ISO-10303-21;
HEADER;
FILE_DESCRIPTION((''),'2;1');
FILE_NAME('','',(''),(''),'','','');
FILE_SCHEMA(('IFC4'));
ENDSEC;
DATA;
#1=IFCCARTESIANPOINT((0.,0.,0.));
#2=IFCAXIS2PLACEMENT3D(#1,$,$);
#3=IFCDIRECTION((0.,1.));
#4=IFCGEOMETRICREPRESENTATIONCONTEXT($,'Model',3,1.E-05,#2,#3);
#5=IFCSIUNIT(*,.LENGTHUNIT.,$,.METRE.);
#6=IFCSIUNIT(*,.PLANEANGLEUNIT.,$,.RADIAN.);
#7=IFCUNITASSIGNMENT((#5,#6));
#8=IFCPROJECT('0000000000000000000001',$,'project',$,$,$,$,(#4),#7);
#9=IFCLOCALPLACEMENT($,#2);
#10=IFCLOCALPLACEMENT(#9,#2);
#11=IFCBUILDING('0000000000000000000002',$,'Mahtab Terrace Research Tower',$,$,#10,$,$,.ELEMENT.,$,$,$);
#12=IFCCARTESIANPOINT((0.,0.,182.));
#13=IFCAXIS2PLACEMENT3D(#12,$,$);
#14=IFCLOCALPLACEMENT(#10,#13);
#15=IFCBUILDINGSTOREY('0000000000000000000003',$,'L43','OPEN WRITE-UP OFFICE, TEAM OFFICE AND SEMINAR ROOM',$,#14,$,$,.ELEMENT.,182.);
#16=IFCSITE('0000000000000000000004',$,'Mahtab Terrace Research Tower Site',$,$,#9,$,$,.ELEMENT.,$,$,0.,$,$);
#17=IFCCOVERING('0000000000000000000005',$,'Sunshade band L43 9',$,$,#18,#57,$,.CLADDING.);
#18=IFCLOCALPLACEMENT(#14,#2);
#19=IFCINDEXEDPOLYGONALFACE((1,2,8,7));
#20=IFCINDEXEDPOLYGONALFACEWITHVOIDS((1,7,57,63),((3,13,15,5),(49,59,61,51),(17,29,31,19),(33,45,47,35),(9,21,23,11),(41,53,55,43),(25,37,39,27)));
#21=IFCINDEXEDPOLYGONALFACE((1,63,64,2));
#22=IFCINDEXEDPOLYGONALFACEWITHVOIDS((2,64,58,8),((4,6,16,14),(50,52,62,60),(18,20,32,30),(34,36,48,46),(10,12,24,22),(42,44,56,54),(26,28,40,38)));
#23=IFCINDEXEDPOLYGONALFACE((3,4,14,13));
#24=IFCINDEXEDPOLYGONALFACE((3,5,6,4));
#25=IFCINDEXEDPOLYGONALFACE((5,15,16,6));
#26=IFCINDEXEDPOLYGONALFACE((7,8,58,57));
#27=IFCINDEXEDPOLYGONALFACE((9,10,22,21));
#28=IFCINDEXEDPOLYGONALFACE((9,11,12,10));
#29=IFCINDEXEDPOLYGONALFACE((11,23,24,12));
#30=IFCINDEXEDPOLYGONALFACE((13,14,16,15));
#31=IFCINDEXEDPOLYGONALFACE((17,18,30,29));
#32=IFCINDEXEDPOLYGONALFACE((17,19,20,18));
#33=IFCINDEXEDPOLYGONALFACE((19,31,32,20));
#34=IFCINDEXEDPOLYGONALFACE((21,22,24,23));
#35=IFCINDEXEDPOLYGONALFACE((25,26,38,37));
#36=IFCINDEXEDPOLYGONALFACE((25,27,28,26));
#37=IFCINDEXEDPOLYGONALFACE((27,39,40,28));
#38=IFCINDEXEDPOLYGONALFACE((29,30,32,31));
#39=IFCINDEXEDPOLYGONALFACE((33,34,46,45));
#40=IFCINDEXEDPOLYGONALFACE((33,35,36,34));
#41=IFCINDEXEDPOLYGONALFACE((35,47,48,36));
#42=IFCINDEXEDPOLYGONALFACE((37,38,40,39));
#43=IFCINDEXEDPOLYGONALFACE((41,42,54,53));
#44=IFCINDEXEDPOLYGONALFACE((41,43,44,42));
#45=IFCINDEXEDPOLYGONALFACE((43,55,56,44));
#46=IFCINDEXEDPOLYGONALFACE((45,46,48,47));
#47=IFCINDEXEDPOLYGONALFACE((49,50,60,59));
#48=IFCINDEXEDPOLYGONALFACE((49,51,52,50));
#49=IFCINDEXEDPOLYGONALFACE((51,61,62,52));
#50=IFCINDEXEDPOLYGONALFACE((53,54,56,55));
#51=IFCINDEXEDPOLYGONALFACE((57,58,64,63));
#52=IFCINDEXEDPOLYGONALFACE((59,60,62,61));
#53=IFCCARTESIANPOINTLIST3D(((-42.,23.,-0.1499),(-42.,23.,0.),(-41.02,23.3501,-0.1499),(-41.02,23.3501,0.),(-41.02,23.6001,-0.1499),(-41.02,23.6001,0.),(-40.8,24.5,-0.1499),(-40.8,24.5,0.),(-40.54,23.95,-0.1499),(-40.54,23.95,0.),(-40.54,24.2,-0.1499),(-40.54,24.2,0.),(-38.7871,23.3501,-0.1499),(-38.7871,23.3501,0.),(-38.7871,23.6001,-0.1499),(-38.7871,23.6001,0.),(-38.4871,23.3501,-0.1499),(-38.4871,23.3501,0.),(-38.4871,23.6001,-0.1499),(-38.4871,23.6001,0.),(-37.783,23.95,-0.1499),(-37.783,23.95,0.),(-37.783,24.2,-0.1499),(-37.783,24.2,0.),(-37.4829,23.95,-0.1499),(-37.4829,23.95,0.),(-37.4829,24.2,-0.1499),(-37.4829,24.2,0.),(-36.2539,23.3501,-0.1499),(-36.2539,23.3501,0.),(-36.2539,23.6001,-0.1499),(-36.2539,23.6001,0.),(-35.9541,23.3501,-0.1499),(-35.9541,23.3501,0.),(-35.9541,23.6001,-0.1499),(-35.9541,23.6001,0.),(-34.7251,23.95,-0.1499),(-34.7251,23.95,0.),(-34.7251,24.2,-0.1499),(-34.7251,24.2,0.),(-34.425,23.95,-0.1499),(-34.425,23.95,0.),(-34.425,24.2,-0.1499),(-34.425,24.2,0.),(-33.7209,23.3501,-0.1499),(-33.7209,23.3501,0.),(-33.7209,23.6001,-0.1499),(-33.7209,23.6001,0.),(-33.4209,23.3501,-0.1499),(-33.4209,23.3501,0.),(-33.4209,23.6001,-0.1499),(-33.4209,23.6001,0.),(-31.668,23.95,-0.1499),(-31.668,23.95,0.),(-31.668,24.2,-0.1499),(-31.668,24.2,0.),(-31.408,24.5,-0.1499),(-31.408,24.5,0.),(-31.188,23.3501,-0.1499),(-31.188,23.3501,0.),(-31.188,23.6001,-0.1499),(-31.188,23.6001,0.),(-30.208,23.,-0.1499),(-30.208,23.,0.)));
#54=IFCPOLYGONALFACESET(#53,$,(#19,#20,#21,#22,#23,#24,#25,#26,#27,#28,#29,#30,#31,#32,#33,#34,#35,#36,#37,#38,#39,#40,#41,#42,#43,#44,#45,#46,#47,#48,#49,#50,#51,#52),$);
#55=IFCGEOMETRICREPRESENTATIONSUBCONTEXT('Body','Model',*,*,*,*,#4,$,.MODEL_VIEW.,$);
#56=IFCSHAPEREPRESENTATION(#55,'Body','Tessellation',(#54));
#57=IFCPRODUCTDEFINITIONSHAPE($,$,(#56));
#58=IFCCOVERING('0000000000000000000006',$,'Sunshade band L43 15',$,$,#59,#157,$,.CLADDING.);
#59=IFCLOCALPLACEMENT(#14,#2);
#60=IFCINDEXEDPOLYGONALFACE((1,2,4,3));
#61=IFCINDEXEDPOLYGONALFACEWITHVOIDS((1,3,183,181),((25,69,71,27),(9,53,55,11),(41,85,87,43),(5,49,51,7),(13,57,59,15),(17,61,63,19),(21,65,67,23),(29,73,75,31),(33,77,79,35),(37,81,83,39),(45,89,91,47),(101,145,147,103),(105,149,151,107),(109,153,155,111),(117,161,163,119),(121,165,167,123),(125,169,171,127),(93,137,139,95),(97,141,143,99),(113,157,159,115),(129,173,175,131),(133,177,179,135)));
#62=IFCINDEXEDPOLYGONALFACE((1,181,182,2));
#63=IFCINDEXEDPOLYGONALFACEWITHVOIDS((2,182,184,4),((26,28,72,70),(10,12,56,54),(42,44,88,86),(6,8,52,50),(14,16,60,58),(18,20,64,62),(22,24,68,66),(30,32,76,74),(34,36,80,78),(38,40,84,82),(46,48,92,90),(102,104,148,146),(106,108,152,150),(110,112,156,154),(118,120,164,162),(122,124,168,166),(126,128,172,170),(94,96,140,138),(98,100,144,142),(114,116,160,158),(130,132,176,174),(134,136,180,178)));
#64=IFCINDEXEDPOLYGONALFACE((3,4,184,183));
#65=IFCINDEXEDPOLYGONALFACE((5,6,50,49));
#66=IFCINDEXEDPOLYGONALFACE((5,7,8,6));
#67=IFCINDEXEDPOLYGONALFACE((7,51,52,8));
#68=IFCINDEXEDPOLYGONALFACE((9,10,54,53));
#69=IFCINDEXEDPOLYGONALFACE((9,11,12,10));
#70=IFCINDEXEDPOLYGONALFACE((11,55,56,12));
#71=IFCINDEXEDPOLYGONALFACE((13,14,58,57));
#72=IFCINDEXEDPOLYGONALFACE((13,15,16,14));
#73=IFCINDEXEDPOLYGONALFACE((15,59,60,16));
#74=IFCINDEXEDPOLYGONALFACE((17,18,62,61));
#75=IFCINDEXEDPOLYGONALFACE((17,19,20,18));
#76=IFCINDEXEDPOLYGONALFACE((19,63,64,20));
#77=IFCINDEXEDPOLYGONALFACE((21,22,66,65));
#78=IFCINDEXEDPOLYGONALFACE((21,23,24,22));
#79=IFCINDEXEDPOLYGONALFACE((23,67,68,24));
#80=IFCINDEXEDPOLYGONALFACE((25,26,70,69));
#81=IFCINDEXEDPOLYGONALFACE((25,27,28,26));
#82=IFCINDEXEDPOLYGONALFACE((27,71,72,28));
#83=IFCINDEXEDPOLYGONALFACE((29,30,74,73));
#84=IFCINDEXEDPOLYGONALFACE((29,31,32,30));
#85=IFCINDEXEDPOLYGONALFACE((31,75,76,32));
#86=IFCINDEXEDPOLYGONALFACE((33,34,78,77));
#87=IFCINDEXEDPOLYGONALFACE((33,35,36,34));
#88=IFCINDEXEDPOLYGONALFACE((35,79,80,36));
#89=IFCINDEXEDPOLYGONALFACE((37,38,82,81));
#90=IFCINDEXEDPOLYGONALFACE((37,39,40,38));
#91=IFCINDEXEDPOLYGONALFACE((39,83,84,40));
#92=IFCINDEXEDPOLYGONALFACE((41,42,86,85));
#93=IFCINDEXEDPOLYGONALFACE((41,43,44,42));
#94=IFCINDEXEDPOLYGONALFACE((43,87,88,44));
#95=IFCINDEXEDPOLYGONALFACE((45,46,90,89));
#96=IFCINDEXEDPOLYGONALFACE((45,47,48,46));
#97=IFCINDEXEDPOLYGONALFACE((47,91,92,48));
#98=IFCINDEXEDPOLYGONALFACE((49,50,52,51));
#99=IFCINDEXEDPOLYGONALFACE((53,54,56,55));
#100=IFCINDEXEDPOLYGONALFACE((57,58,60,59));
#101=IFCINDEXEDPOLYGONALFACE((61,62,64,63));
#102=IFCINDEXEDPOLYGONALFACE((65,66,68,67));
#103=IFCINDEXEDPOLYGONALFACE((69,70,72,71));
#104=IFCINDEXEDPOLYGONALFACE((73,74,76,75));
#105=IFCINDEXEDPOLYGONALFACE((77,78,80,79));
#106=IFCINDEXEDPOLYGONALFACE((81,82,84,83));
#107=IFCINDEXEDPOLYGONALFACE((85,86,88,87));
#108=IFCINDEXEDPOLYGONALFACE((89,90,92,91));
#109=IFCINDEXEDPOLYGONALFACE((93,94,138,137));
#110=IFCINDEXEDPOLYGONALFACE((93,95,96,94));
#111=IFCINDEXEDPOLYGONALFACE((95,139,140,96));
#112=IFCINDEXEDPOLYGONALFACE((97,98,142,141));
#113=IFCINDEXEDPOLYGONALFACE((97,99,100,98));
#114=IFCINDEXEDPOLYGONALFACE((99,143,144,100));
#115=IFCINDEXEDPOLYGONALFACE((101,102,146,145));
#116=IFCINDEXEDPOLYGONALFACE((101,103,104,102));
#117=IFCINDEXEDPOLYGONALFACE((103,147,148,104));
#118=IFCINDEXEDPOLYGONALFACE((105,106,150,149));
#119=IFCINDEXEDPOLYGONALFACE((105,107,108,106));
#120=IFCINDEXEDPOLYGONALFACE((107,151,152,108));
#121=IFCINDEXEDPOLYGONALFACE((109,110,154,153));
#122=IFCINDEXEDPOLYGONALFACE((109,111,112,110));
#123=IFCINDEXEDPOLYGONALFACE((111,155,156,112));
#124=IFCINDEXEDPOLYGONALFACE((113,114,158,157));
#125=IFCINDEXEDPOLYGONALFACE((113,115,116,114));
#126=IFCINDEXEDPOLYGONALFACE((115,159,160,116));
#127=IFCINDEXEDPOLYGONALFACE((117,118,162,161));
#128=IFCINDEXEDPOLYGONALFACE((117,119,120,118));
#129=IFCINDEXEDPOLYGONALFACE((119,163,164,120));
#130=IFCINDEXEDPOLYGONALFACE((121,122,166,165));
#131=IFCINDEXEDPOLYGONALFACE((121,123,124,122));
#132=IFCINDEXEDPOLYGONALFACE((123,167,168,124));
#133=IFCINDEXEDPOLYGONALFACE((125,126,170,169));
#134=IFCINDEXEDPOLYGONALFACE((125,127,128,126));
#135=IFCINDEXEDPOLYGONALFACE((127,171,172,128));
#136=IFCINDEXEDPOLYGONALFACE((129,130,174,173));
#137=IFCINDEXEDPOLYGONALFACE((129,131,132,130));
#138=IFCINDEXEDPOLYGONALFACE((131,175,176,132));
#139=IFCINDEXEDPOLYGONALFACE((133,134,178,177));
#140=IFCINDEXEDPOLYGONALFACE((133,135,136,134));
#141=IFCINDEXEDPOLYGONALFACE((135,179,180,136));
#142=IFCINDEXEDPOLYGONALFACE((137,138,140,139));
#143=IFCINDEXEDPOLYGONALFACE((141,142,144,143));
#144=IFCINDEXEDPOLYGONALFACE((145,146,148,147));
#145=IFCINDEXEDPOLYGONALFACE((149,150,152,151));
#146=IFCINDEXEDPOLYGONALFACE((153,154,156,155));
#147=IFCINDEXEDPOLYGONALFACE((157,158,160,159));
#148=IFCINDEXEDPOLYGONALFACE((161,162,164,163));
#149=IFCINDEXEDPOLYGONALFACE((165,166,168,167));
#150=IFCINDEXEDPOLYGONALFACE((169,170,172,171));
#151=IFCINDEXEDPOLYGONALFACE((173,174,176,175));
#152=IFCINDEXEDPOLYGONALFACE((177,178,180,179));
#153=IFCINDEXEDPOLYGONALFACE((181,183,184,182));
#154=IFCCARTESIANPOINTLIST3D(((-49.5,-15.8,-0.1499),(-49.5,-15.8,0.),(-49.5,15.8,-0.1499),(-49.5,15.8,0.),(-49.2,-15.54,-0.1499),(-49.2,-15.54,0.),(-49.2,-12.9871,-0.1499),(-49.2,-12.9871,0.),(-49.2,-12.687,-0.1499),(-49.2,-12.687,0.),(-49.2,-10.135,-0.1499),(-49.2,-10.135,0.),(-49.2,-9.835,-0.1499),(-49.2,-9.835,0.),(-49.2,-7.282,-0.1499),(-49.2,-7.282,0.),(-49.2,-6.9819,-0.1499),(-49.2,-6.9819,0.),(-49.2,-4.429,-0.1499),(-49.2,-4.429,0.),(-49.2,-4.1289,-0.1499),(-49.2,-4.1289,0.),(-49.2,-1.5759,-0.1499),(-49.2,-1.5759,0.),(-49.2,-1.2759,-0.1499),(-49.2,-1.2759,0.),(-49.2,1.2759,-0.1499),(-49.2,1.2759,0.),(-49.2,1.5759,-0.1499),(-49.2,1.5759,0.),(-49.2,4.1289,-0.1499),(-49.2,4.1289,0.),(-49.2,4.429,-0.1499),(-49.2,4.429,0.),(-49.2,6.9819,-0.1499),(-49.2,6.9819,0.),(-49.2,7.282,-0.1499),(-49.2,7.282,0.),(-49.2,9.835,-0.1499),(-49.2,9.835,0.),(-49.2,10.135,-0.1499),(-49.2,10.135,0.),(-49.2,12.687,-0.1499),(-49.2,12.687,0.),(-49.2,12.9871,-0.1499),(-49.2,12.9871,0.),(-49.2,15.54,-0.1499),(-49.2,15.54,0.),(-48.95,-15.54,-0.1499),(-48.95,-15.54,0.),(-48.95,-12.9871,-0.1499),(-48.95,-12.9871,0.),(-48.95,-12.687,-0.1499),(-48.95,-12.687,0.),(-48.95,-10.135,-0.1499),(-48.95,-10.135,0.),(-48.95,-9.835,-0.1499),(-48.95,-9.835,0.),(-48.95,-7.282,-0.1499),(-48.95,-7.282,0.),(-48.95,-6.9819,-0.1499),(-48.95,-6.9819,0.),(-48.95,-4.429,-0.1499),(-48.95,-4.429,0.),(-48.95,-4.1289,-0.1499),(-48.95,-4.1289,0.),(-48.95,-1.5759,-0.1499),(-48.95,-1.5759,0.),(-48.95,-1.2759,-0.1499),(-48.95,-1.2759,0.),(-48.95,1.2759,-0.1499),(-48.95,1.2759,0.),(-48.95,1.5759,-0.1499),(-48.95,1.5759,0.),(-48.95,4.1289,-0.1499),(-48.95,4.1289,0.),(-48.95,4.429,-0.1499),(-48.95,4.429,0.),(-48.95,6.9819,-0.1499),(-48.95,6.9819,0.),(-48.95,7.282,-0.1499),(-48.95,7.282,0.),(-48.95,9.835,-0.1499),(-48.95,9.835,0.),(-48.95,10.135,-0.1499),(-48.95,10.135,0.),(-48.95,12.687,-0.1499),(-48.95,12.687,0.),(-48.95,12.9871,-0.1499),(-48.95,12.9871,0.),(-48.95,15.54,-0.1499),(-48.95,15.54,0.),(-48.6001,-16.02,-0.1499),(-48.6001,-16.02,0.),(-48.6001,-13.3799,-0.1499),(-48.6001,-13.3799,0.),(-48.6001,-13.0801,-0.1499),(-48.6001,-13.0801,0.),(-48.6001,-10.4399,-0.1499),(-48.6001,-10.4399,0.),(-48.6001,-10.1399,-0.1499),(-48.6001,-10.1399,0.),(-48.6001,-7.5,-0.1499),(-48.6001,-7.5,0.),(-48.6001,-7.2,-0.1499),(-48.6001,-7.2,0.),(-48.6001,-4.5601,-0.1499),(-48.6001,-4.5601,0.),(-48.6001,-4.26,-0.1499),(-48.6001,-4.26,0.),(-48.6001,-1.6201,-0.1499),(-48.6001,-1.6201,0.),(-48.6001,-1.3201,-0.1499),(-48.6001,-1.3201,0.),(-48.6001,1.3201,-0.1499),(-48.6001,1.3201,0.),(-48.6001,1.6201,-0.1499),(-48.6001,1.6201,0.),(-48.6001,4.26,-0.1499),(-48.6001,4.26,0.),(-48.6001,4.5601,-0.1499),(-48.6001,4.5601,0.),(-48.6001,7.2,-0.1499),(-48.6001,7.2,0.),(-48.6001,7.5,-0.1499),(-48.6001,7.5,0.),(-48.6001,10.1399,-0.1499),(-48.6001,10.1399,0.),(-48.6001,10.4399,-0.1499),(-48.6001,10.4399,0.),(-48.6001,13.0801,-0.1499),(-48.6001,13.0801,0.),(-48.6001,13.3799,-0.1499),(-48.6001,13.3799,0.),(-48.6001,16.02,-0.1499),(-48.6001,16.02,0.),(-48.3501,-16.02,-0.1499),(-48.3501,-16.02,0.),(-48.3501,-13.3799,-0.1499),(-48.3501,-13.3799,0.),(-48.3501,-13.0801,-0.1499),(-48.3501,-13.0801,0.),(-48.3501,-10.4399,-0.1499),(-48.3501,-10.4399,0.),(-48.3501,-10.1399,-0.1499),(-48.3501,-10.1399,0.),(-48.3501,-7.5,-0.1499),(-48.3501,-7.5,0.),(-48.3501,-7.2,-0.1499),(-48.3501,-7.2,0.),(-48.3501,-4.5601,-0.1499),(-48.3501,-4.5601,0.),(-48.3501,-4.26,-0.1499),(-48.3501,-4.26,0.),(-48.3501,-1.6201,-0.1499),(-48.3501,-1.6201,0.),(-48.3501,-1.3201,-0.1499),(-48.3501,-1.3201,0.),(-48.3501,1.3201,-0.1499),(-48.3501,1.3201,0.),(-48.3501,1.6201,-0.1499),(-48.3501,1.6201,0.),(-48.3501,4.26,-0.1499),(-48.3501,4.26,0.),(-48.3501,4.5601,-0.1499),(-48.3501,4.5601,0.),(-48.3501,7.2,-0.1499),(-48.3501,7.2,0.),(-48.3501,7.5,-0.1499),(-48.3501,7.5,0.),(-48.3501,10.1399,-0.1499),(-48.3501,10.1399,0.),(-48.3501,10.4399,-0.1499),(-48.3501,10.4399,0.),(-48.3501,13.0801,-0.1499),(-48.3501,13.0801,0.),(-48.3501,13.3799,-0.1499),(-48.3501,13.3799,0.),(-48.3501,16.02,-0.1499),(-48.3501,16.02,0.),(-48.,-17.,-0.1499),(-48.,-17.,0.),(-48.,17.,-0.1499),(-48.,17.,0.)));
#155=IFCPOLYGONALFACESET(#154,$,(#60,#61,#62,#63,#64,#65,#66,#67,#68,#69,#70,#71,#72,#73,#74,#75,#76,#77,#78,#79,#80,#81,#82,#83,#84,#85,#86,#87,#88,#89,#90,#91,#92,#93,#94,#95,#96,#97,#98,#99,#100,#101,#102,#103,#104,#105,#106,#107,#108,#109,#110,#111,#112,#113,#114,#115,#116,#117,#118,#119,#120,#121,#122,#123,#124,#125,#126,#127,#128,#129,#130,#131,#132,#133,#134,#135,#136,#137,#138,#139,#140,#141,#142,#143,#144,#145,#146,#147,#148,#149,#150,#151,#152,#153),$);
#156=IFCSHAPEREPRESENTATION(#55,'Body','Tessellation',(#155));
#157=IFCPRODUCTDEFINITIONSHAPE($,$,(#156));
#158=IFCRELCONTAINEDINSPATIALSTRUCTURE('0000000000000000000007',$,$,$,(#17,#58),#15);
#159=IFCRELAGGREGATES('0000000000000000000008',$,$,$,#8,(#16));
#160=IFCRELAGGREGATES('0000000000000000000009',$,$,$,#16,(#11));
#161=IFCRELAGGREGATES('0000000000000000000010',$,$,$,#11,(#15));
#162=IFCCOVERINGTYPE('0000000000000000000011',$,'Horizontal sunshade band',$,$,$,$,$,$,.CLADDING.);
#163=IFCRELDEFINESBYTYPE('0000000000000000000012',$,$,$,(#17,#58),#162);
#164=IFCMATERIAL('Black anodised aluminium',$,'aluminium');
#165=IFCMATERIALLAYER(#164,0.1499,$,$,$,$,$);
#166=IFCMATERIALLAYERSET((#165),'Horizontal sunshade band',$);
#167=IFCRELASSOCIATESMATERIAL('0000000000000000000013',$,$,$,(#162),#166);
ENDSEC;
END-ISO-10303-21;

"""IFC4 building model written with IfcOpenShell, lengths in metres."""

from ifc_helpers import new_model, si_unit, direction, frame, origin, place, context, subcontext, project, spatial, polyline, outline, extrude, material, layer, layer_set, type_object, element, save


model = new_model("IFC4")

# Units and contexts
model_context = context("Model", 3, precision=1e-05, world=origin(), true_north=direction((0.0, 1.0)))
body_context = subcontext(model_context, "Body", "Model", "MODEL_VIEW")
ifc_project = project(units=[si_unit("LENGTHUNIT", "METRE"), si_unit("PLANEANGLEUNIT", "RADIAN")], contexts=[model_context])

# Site, building, storey
site_placement = place(None, origin())
site = spatial("IfcSite", under=ifc_project, at=site_placement, Name="Mahtab Terrace Research Tower Site", CompositionType="ELEMENT", RefElevation=0.0)
building_placement = place(site_placement, origin())
building = spatial("IfcBuilding", under=site, at=building_placement, Name="Mahtab Terrace Research Tower", CompositionType="ELEMENT")
storey_placement = place(building_placement, frame((0.0, 0.0, 182.0)))
storey = spatial("IfcBuildingStorey", under=building, at=storey_placement, Name="L43", Description="OPEN WRITE-UP OFFICE, TEAM OFFICE AND SEMINAR ROOM", CompositionType="ELEMENT", Elevation=182.0)

# Coverings
ifc_material_1 = material(Name="Black anodised aluminium", Category="aluminium")
ifc_layer_1 = layer(ifc_material_1, 0.1499)
ifc_layer_set_1 = layer_set([ifc_layer_1], Name="Horizontal sunshade band")
covering_type = type_object("IfcCoveringType", Name="Horizontal sunshade band", PredefinedType="CLADDING", material=ifc_layer_set_1)
covering_1_placement = place(storey_placement, frame((0.0, 0.0, -0.1499)))
element("IfcCovering", 1, at=covering_1_placement, inside=storey, type_object=covering_type, Name="Sunshade band L43 9", PredefinedType="CLADDING", context=body_context, shape_type="SweptSolid", body=[
    extrude(outline(polyline([(-30.208, 23.0), (-42.0, 23.0), (-40.8, 24.5), (-31.408, 24.5), (-30.208, 23.0)]), holes=[polyline([(-31.188, 23.3501), (-33.4209, 23.3501), (-33.4209, 23.6001), (-31.188, 23.6001), (-31.188, 23.3501)]), polyline([(-33.7209, 23.3501), (-35.9541, 23.3501), (-35.9541, 23.6001), (-33.7209, 23.6001), (-33.7209, 23.3501)]), polyline([(-36.2539, 23.3501), (-38.4871, 23.3501), (-38.4871, 23.6001), (-36.2539, 23.6001), (-36.2539, 23.3501)]), polyline([(-38.7871, 23.3501), (-41.02, 23.3501), (-41.02, 23.6001), (-38.7871, 23.6001), (-38.7871, 23.3501)]), polyline([(-31.668, 23.95), (-34.425, 23.95), (-34.425, 24.2), (-31.668, 24.2), (-31.668, 23.95)]), polyline([(-34.7251, 23.95), (-37.4829, 23.95), (-37.4829, 24.2), (-34.7251, 24.2), (-34.7251, 23.95)]), polyline([(-37.783, 23.95), (-40.54, 23.95), (-40.54, 24.2), (-37.783, 24.2), (-37.783, 23.95)])]), origin(), (0.0, 0.0, 1.0), 0.1499),
])
covering_2_placement = place(storey_placement, frame((0.0, 0.0, -0.1499)))
element("IfcCovering", 2, at=covering_2_placement, inside=storey, type_object=covering_type, Name="Sunshade band L43 15", PredefinedType="CLADDING", context=body_context, shape_type="SweptSolid", body=[
    extrude(outline(polyline([(-48.0, 17.0), (-48.0, -17.0), (-49.5, -15.8), (-49.5, 15.8), (-48.0, 17.0)]), holes=[polyline([(-48.3501, 16.02), (-48.3501, 13.3799), (-48.6001, 13.3799), (-48.6001, 16.02), (-48.3501, 16.02)]), polyline([(-48.3501, 13.0801), (-48.3501, 10.4399), (-48.6001, 10.4399), (-48.6001, 13.0801), (-48.3501, 13.0801)]), polyline([(-48.3501, 10.1399), (-48.3501, 7.5), (-48.6001, 7.5), (-48.6001, 10.1399), (-48.3501, 10.1399)]), polyline([(-48.3501, 7.2), (-48.3501, 4.5601), (-48.6001, 4.5601), (-48.6001, 7.2), (-48.3501, 7.2)]), polyline([(-48.3501, 4.26), (-48.3501, 1.6201), (-48.6001, 1.6201), (-48.6001, 4.26), (-48.3501, 4.26)]), polyline([(-48.3501, 1.3201), (-48.3501, -1.3201), (-48.6001, -1.3201), (-48.6001, 1.3201), (-48.3501, 1.3201)]), polyline([(-48.3501, -1.6201), (-48.3501, -4.26), (-48.6001, -4.26), (-48.6001, -1.6201), (-48.3501, -1.6201)]), polyline([(-48.3501, -4.5601), (-48.3501, -7.2), (-48.6001, -7.2), (-48.6001, -4.5601), (-48.3501, -4.5601)]), polyline([(-48.3501, -7.5), (-48.3501, -10.1399), (-48.6001, -10.1399), (-48.6001, -7.5), (-48.3501, -7.5)]), polyline([(-48.3501, -10.4399), (-48.3501, -13.0801), (-48.6001, -13.0801), (-48.6001, -10.4399), (-48.3501, -10.4399)]), polyline([(-48.3501, -13.3799), (-48.3501, -16.02), (-48.6001, -16.02), (-48.6001, -13.3799), (-48.3501, -13.3799)]), polyline([(-48.95, 15.54), (-48.95, 12.9871), (-49.2, 12.9871), (-49.2, 15.54), (-48.95, 15.54)]), polyline([(-48.95, 12.687), (-48.95, 10.135), (-49.2, 10.135), (-49.2, 12.687), (-48.95, 12.687)]), polyline([(-48.95, 9.835), (-48.95, 7.282), (-49.2, 7.282), (-49.2, 9.835), (-48.95, 9.835)]), polyline([(-48.95, 6.9819), (-48.95, 4.429), (-49.2, 4.429), (-49.2, 6.9819), (-48.95, 6.9819)]), polyline([(-48.95, 4.1289), (-48.95, 1.5759), (-49.2, 1.5759), (-49.2, 4.1289), (-48.95, 4.1289)]), polyline([(-48.95, 1.2759), (-48.95, -1.2759), (-49.2, -1.2759), (-49.2, 1.2759), (-48.95, 1.2759)]), polyline([(-48.95, -1.5759), (-48.95, -4.1289), (-49.2, -4.1289), (-49.2, -1.5759), (-48.95, -1.5759)]), polyline([(-48.95, -4.429), (-48.95, -6.9819), (-49.2, -6.9819), (-49.2, -4.429), (-48.95, -4.429)]), polyline([(-48.95, -7.282), (-48.95, -9.835), (-49.2, -9.835), (-49.2, -7.282), (-48.95, -7.282)]), polyline([(-48.95, -10.135), (-48.95, -12.687), (-49.2, -12.687), (-49.2, -10.135), (-48.95, -10.135)]), polyline([(-48.95, -12.9871), (-48.95, -15.54), (-49.2, -15.54), (-49.2, -12.9871), (-48.95, -12.9871)])]), origin(), (0.0, 0.0, 1.0), 0.1499),
])

save(model, "model.ifc")
